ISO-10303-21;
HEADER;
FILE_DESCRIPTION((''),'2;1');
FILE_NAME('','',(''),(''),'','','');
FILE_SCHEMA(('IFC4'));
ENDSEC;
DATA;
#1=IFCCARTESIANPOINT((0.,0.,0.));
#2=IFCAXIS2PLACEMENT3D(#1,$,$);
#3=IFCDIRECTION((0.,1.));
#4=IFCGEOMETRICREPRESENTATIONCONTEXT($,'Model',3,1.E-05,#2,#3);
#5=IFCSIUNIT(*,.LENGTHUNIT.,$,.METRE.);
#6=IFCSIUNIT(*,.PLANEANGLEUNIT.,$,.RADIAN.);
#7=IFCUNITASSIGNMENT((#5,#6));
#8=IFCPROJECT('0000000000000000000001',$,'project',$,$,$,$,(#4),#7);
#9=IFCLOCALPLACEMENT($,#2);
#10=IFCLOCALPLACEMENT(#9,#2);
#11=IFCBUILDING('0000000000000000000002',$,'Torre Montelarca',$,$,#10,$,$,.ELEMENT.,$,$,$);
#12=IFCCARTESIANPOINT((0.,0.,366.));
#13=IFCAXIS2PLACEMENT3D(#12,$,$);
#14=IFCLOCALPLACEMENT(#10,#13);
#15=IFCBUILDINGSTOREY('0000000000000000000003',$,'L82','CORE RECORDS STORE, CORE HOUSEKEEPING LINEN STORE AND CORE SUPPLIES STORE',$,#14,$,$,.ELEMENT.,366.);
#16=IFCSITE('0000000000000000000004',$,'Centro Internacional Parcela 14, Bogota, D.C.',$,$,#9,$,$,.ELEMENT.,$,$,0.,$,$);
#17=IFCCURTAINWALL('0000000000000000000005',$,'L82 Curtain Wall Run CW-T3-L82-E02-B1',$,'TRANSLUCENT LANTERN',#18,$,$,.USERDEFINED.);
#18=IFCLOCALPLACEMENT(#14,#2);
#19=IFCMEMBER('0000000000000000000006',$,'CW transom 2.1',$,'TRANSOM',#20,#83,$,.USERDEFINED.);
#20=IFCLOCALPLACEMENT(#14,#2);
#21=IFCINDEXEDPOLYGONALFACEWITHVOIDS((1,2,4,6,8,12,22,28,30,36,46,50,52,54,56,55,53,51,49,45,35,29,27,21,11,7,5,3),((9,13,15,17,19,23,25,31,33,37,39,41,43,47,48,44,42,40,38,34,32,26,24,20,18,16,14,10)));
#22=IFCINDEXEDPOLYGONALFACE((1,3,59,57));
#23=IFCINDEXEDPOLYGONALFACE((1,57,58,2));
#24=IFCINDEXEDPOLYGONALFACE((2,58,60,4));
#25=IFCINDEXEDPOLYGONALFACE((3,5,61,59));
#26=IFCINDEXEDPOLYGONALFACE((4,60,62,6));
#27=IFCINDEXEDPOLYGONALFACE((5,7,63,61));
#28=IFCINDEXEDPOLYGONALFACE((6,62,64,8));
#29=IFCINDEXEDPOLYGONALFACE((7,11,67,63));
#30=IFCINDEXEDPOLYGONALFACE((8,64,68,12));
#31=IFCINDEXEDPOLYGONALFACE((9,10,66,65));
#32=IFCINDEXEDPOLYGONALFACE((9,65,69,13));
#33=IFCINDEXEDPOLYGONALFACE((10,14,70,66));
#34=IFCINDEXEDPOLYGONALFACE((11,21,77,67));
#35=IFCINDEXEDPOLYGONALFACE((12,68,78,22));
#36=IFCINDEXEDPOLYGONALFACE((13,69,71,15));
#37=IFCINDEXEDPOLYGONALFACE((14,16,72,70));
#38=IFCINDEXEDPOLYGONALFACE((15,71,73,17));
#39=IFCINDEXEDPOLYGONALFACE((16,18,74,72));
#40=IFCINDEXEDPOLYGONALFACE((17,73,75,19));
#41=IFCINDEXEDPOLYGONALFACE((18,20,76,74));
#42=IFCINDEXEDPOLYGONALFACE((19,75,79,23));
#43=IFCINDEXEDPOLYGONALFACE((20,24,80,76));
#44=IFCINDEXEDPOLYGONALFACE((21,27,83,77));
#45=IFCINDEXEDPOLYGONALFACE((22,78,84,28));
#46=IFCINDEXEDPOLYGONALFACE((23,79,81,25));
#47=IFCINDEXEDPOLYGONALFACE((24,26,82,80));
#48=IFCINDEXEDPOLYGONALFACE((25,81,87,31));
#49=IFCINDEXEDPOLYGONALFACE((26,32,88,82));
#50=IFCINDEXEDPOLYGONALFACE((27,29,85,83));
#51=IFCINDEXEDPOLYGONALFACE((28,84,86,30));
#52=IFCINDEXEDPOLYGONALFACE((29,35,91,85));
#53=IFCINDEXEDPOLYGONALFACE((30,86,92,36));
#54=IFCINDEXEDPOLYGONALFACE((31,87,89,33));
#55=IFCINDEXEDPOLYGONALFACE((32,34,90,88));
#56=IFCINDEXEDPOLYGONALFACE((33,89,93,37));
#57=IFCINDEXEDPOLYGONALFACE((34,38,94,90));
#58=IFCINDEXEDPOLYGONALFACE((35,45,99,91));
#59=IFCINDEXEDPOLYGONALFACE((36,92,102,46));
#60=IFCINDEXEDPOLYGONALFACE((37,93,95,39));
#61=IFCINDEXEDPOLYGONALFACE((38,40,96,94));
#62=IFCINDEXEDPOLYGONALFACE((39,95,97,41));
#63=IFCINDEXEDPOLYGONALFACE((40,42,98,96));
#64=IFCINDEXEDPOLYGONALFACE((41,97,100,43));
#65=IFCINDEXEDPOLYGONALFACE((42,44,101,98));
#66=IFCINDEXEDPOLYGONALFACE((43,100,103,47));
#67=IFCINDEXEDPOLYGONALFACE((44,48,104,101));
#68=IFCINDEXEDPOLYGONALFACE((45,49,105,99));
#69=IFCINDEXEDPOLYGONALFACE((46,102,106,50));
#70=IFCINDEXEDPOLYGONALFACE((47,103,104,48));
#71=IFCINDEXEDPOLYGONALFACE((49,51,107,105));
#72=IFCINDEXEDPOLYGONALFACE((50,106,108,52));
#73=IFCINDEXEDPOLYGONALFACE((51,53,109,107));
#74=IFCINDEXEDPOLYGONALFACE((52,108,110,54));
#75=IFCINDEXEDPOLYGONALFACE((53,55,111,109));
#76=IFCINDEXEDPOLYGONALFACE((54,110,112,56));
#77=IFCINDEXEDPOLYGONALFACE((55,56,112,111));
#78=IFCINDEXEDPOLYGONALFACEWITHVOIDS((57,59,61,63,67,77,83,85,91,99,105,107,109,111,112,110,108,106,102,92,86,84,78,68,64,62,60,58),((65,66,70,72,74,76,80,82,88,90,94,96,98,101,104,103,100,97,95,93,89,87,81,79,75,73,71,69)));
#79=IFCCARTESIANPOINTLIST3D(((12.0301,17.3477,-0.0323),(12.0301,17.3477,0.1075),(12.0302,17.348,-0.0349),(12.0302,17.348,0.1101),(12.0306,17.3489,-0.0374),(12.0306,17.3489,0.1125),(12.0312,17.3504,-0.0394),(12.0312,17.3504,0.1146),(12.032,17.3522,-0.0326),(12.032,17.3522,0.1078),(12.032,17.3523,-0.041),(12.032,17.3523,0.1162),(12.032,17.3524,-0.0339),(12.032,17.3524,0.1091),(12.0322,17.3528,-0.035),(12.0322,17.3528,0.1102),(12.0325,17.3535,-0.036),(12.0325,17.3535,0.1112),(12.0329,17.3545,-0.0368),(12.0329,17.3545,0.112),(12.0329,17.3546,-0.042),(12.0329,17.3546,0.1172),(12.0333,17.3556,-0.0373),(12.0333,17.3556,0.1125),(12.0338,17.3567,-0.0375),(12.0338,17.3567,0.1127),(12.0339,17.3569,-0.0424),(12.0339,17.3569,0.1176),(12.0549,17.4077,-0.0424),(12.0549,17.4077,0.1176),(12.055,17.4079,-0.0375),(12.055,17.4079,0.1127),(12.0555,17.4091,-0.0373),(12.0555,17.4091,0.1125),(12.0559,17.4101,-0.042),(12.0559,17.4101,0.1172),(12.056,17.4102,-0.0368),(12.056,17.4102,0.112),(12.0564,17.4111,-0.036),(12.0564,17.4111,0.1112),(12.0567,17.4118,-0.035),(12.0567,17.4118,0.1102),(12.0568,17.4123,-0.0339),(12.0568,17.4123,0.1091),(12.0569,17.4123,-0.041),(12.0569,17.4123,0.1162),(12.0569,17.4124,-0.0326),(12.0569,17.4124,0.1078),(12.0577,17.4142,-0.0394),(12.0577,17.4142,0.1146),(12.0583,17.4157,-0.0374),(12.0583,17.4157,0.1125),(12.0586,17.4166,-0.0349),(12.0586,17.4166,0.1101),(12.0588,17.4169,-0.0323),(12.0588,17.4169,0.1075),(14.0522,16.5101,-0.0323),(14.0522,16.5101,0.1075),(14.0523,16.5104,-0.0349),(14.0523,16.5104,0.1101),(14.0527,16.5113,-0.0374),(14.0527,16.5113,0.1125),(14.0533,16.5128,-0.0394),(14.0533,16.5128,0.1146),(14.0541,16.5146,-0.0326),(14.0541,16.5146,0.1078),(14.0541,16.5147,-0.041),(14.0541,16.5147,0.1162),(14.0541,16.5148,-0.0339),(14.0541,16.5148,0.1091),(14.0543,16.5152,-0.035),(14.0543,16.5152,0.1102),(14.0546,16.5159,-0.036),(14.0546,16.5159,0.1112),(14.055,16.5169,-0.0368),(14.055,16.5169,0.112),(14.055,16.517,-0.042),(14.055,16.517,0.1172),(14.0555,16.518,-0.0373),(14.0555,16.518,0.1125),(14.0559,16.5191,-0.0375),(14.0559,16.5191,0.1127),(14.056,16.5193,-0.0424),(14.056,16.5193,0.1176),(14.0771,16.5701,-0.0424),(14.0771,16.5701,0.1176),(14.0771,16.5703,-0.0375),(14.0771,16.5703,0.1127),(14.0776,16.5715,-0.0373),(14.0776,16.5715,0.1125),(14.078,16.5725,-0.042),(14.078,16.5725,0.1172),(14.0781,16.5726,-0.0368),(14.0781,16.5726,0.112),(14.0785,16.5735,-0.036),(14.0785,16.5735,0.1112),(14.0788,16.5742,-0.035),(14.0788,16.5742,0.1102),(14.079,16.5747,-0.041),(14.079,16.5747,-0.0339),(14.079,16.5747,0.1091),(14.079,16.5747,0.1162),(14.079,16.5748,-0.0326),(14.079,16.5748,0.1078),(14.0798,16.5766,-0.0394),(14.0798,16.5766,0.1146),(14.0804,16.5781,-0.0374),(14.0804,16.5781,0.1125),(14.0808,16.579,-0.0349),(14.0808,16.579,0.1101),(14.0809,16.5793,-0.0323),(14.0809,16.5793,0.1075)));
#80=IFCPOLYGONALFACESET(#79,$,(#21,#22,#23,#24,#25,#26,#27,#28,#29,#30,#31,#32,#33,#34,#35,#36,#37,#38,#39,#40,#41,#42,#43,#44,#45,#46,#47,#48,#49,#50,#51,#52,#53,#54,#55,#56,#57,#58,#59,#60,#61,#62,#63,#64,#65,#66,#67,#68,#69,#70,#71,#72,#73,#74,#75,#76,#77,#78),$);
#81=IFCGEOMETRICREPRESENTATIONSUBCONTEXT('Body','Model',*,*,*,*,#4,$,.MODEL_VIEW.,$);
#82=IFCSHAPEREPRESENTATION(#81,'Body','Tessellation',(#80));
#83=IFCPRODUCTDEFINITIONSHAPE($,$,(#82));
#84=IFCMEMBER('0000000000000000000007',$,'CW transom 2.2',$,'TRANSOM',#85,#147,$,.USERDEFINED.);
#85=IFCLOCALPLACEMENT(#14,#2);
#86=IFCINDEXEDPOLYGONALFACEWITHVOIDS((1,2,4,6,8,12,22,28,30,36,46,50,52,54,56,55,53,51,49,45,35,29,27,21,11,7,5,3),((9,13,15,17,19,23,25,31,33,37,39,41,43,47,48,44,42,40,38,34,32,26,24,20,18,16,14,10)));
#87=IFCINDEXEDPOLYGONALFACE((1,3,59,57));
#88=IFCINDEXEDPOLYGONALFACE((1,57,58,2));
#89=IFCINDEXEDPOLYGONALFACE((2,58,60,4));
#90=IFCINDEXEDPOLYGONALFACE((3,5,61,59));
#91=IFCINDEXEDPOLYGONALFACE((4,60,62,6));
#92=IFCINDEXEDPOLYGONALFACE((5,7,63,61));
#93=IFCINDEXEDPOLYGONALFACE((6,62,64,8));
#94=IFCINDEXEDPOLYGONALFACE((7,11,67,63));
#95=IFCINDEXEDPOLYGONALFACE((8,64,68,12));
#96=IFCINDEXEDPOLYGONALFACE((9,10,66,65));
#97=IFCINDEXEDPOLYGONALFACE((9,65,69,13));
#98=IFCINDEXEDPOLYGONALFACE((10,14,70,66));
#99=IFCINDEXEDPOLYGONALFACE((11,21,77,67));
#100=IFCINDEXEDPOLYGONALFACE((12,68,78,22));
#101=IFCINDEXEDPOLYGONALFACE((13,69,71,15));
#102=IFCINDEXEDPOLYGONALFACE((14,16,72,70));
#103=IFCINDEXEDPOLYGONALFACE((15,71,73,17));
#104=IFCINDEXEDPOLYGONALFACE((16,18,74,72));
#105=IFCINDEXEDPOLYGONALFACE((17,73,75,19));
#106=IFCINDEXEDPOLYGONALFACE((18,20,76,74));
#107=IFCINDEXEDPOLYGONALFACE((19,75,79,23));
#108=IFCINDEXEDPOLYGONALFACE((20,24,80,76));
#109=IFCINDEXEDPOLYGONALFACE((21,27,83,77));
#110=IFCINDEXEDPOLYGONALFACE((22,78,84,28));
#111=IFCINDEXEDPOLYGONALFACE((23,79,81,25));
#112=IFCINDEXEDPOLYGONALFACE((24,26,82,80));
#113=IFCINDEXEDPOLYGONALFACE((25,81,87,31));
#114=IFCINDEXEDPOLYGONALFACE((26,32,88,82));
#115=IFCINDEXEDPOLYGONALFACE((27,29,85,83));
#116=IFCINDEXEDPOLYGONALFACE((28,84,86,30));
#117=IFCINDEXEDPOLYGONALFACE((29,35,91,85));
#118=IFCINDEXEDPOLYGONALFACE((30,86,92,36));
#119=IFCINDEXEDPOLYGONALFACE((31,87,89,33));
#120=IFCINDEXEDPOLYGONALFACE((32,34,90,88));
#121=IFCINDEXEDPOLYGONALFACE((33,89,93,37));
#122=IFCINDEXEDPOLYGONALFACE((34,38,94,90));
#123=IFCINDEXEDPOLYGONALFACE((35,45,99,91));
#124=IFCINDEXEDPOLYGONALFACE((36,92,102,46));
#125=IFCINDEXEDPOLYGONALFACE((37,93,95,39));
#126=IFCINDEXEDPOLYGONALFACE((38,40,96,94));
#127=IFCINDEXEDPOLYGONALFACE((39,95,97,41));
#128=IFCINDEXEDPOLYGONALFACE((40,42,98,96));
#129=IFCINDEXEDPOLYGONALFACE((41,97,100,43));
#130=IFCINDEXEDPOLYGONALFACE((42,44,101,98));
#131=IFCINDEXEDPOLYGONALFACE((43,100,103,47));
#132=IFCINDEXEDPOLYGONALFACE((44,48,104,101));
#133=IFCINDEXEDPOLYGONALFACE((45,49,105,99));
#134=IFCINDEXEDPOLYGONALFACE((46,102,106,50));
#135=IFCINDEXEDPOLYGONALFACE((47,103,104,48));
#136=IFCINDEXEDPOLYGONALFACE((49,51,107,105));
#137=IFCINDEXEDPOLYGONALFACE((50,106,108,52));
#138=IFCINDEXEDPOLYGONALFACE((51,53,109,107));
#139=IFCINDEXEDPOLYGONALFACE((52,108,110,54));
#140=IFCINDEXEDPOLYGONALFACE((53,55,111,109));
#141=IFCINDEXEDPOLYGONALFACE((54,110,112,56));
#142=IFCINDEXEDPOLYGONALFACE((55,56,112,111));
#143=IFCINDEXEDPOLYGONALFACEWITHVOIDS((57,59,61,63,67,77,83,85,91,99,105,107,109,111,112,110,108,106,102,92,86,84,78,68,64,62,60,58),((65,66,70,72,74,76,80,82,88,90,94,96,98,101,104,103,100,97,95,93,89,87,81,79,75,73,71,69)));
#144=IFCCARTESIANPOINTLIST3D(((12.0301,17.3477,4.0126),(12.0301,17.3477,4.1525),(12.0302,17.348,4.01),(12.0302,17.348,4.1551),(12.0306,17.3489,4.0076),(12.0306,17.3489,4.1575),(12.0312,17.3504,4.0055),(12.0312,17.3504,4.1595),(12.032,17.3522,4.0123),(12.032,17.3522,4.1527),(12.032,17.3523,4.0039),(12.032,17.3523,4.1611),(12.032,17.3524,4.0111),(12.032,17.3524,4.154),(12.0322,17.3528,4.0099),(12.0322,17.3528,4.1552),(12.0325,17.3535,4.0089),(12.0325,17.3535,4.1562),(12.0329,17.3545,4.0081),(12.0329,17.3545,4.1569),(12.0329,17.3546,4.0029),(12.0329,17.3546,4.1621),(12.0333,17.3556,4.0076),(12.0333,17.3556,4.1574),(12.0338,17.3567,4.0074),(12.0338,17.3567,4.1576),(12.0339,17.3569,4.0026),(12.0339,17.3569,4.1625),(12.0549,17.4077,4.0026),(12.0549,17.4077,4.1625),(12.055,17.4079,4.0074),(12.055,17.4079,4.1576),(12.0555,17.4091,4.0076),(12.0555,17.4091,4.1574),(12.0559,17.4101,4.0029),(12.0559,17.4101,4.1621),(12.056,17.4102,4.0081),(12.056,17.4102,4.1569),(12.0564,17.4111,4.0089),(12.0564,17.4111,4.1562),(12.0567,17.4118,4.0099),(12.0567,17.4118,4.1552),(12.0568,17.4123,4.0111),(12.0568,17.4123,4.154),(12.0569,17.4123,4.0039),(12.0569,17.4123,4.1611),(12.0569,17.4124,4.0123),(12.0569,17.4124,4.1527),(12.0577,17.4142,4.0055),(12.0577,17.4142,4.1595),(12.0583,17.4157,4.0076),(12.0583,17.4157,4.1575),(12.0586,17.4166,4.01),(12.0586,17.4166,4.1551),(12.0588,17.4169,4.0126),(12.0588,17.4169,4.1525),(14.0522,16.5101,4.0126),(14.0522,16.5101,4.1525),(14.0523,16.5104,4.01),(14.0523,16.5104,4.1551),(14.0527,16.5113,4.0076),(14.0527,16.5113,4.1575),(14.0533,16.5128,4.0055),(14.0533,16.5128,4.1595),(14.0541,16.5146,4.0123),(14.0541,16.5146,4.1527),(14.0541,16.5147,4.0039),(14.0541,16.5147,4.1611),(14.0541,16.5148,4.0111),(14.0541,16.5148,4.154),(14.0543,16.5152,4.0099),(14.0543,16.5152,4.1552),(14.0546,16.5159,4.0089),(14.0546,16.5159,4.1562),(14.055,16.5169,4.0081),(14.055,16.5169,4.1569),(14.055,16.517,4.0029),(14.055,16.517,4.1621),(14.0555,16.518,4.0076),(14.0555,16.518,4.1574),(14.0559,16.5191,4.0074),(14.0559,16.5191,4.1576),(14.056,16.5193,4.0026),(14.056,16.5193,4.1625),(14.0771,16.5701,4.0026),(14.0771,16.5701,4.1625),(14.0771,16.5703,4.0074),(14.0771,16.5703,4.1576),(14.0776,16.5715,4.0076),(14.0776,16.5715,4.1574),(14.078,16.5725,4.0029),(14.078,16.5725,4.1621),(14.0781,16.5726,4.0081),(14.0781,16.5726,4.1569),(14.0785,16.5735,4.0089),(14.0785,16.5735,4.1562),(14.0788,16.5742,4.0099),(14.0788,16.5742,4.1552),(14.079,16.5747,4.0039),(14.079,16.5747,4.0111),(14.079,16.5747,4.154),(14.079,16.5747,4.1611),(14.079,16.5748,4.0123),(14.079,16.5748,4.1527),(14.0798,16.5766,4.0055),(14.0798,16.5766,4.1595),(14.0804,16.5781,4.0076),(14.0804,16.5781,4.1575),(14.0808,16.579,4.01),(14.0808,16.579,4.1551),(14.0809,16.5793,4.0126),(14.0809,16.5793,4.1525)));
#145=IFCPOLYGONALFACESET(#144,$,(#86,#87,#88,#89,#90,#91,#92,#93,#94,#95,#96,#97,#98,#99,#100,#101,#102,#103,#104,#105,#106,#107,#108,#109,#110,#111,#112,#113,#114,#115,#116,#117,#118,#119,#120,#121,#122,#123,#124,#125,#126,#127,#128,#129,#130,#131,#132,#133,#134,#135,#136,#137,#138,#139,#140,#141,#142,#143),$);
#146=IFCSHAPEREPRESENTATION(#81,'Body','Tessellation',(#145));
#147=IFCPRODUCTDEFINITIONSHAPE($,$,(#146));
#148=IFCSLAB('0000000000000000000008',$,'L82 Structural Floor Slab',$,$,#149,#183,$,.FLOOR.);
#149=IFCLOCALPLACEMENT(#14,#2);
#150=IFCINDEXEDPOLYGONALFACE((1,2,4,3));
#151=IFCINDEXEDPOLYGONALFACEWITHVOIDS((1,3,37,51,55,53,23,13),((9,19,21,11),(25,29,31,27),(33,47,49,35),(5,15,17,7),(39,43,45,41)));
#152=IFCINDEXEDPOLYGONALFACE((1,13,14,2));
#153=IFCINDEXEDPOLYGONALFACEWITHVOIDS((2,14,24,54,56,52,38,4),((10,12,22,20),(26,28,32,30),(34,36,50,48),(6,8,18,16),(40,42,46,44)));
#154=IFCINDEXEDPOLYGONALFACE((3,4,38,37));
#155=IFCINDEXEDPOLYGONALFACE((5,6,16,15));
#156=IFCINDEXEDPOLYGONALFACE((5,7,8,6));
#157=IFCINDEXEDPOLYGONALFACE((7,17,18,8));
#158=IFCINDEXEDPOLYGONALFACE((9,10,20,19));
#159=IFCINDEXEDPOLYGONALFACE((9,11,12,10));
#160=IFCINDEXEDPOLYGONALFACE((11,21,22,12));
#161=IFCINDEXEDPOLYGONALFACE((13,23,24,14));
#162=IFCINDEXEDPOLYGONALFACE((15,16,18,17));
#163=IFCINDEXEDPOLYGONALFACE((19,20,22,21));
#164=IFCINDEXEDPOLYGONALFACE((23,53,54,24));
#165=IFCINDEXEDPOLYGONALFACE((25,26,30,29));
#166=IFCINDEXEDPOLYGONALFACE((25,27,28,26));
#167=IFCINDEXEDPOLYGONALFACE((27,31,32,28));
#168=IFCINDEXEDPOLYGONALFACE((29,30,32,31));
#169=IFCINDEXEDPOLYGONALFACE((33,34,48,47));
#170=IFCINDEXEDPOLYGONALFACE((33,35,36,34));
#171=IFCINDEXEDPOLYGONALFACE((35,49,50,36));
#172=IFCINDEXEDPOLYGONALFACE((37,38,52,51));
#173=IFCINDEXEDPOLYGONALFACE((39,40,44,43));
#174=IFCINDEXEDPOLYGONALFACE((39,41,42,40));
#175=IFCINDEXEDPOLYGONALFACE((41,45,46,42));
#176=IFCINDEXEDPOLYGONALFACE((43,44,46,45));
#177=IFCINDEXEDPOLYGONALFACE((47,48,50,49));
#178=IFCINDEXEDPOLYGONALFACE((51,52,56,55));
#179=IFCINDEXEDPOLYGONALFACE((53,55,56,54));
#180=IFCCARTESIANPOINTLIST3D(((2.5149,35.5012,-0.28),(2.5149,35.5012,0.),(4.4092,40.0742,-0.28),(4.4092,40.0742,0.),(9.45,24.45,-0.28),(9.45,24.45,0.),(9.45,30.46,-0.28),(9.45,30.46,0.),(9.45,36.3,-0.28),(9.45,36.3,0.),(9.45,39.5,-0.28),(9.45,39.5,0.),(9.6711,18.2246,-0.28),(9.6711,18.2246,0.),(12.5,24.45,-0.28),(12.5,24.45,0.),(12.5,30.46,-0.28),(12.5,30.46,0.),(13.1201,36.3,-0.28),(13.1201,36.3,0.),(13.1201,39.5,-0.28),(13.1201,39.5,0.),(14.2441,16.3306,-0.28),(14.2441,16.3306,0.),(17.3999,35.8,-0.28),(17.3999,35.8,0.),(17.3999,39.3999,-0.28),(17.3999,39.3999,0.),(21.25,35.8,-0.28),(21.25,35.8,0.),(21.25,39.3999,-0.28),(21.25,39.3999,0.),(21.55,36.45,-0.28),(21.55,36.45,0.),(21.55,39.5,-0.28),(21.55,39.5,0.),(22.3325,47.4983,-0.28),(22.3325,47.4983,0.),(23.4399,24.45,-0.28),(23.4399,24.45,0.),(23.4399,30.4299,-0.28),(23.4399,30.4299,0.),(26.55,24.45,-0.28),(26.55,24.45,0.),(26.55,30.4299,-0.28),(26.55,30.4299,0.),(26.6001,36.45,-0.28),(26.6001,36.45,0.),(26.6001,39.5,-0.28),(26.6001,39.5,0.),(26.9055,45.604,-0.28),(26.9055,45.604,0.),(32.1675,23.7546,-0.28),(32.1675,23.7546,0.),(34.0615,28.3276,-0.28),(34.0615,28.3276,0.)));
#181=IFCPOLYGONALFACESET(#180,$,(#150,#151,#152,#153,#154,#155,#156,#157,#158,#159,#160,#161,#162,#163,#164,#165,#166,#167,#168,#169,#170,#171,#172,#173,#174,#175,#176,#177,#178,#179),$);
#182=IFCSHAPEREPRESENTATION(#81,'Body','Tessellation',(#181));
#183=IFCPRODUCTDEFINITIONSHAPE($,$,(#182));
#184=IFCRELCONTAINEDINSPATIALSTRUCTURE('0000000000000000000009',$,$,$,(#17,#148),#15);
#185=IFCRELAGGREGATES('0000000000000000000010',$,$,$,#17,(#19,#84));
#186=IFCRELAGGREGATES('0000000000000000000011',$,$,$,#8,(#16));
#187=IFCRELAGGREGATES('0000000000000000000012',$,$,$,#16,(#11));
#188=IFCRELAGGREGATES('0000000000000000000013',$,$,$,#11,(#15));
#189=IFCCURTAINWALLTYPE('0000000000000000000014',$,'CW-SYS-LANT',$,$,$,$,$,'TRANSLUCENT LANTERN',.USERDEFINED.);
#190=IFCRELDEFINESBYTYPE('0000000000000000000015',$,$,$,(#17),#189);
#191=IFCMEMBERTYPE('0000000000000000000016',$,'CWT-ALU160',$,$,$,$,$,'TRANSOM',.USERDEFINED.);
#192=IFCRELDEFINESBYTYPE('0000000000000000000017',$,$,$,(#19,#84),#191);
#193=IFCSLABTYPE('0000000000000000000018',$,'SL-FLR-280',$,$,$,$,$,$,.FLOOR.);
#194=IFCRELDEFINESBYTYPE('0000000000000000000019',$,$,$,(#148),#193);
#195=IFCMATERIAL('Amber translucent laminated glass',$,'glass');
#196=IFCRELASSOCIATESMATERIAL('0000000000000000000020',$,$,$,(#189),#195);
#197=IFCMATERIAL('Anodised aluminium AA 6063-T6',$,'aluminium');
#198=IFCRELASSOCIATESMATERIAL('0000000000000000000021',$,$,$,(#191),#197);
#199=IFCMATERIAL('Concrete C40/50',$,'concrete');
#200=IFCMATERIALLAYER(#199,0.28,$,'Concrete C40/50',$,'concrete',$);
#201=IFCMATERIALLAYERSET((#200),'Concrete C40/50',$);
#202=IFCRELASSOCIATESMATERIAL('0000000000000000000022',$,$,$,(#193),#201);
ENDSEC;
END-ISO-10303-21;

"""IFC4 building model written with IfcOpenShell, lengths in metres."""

from ifc_helpers import new_model, si_unit, direction, frame, origin, origin_2d, place, context, subcontext, project, spatial, polyline, hollow_rectangle, outline, extrude, source, transform, mapped, material, layer, layer_set, material_profile, profile_set, type_object, element, aggregate, save


model = new_model("IFC4")

# Units and contexts
model_context = context("Model", 3, precision=1e-05, world=origin(), true_north=direction((0.0, 1.0)))
body_context = subcontext(model_context, "Body", "Model", "MODEL_VIEW")
ifc_project = project(units=[si_unit("LENGTHUNIT", "METRE"), si_unit("PLANEANGLEUNIT", "RADIAN")], contexts=[model_context])

# Site, building, storey
site_placement = place(None, origin())
site = spatial("IfcSite", under=ifc_project, at=site_placement, Name="Centro Internacional Parcela 14, Bogota, D.C.", CompositionType="ELEMENT", RefElevation=0.0)
building_placement = place(site_placement, origin())
building = spatial("IfcBuilding", under=site, at=building_placement, Name="Torre Montelarca", CompositionType="ELEMENT")
storey_placement = place(building_placement, frame((0.0, 0.0, 366.0)))
storey = spatial("IfcBuildingStorey", under=building, at=storey_placement, Name="L82", Description="CORE RECORDS STORE, CORE HOUSEKEEPING LINEN STORE AND CORE SUPPLIES STORE", CompositionType="ELEMENT", Elevation=366.0)

# Curtain wall, members
ifc_material_1 = material(Name="Amber translucent laminated glass", Category="glass")
curtain_wall_type = type_object("IfcCurtainWallType", Name="CW-SYS-LANT", ElementType="TRANSLUCENT LANTERN", PredefinedType="USERDEFINED", material=ifc_material_1)
curtain_wall_placement = place(storey_placement, origin())
curtain_wall = element("IfcCurtainWall", 1, at=curtain_wall_placement, inside=storey, type_object=curtain_wall_type, Name="L82 Curtain Wall Run CW-T3-L82-E02-B1", ObjectType="TRANSLUCENT LANTERN", PredefinedType="USERDEFINED")
ifc_material_2 = material(Name="Anodised aluminium AA 6063-T6", Category="aluminium")
ifc_material_profile_1 = material_profile(ifc_material_2, hollow_rectangle(XDim=0.075, YDim=0.1599, WallThickness=0.0049, InnerFilletRadius=0.0049, OuterFilletRadius=0.01, at=origin_2d()), Name="ALU75X160X5", Category="aluminium")
ifc_profile_set_1 = profile_set([ifc_material_profile_1], Name="Anodised aluminium AA 6063-T6")
member_type_1 = type_object("IfcMemberType", Name="CWT-ALU160", ElementType="TRANSOM", PredefinedType="USERDEFINED", material=ifc_profile_set_1)
shared_shape_1 = source(origin(), body_context, "Body", "SweptSolid", [
    extrude(hollow_rectangle(XDim=0.075, YDim=0.1599, WallThickness=0.0049, InnerFilletRadius=0.0049, OuterFilletRadius=0.01, at=origin_2d()), origin(), (0.0, 0.0, 1.0), 2.1887),
])
member_1_placement = place(storey_placement, frame((12.0444, 17.3823, 0.0376), z_axis=(0.923877, -0.38269, 0.0), x_axis=(0.38269, 0.923877, 0.0)))
member_1 = element("IfcMember", 2, at=member_1_placement, type_object=member_type_1, Name="CW transom 2.1", ObjectType="TRANSOM", PredefinedType="USERDEFINED", context=body_context, shape_type="MappedRepresentation", body=[
    mapped(shared_shape_1, transform((0.0, 0.0, 0.0), scale=1.0)),
])
member_2_placement = place(storey_placement, frame((12.0444, 17.3823, 4.0825), z_axis=(0.923877, -0.38269, 0.0), x_axis=(0.38269, 0.923877, 0.0)))
member_2 = element("IfcMember", 3, at=member_2_placement, type_object=member_type_1, Name="CW transom 2.2", ObjectType="TRANSOM", PredefinedType="USERDEFINED", context=body_context, shape_type="MappedRepresentation", body=[
    mapped(shared_shape_1, transform((0.0, 0.0, 0.0), scale=1.0)),
])

# Slab
ifc_material_3 = material(Name="Concrete C40/50", Category="concrete")
ifc_layer_1 = layer(ifc_material_3, 0.28, Name="Concrete C40/50", Category="concrete")
ifc_layer_set_1 = layer_set([ifc_layer_1], Name="Concrete C40/50")
slab_type_1 = type_object("IfcSlabType", Name="SL-FLR-280", PredefinedType="FLOOR", material=ifc_layer_set_1)
slab_1_placement = place(storey_placement, frame((0.0, 0.0, -0.28)))
element("IfcSlab", 4, at=slab_1_placement, inside=storey, type_object=slab_type_1, Name="L82 Structural Floor Slab", PredefinedType="FLOOR", context=body_context, shape_type="SweptSolid", body=[
    extrude(outline(polyline([(9.6711, 18.2246), (14.2441, 16.3306), (32.1675, 23.7546), (34.0615, 28.3276), (26.9055, 45.604), (22.3325, 47.4983), (4.4092, 40.0742), (2.5149, 35.5012), (9.6711, 18.2246)]), holes=[polyline([(26.55, 24.45), (23.4399, 24.45), (23.4399, 30.4299), (26.55, 30.4299), (26.55, 24.45)]), polyline([(12.5, 24.45), (9.45, 24.45), (9.45, 30.46), (12.5, 30.46), (12.5, 24.45)]), polyline([(21.25, 39.3999), (21.25, 35.8), (17.3999, 35.8), (17.3999, 39.3999), (21.25, 39.3999)]), polyline([(13.1201, 36.3), (9.45, 36.3), (9.45, 39.5), (13.1201, 39.5), (13.1201, 36.3)]), polyline([(26.6001, 36.45), (21.55, 36.45), (21.55, 39.5), (26.6001, 39.5), (26.6001, 36.45)])]), origin(), (0.0, 0.0, 1.0), 0.28),
])

aggregate(curtain_wall, [member_1, member_2])

save(model, "model.ifc")
